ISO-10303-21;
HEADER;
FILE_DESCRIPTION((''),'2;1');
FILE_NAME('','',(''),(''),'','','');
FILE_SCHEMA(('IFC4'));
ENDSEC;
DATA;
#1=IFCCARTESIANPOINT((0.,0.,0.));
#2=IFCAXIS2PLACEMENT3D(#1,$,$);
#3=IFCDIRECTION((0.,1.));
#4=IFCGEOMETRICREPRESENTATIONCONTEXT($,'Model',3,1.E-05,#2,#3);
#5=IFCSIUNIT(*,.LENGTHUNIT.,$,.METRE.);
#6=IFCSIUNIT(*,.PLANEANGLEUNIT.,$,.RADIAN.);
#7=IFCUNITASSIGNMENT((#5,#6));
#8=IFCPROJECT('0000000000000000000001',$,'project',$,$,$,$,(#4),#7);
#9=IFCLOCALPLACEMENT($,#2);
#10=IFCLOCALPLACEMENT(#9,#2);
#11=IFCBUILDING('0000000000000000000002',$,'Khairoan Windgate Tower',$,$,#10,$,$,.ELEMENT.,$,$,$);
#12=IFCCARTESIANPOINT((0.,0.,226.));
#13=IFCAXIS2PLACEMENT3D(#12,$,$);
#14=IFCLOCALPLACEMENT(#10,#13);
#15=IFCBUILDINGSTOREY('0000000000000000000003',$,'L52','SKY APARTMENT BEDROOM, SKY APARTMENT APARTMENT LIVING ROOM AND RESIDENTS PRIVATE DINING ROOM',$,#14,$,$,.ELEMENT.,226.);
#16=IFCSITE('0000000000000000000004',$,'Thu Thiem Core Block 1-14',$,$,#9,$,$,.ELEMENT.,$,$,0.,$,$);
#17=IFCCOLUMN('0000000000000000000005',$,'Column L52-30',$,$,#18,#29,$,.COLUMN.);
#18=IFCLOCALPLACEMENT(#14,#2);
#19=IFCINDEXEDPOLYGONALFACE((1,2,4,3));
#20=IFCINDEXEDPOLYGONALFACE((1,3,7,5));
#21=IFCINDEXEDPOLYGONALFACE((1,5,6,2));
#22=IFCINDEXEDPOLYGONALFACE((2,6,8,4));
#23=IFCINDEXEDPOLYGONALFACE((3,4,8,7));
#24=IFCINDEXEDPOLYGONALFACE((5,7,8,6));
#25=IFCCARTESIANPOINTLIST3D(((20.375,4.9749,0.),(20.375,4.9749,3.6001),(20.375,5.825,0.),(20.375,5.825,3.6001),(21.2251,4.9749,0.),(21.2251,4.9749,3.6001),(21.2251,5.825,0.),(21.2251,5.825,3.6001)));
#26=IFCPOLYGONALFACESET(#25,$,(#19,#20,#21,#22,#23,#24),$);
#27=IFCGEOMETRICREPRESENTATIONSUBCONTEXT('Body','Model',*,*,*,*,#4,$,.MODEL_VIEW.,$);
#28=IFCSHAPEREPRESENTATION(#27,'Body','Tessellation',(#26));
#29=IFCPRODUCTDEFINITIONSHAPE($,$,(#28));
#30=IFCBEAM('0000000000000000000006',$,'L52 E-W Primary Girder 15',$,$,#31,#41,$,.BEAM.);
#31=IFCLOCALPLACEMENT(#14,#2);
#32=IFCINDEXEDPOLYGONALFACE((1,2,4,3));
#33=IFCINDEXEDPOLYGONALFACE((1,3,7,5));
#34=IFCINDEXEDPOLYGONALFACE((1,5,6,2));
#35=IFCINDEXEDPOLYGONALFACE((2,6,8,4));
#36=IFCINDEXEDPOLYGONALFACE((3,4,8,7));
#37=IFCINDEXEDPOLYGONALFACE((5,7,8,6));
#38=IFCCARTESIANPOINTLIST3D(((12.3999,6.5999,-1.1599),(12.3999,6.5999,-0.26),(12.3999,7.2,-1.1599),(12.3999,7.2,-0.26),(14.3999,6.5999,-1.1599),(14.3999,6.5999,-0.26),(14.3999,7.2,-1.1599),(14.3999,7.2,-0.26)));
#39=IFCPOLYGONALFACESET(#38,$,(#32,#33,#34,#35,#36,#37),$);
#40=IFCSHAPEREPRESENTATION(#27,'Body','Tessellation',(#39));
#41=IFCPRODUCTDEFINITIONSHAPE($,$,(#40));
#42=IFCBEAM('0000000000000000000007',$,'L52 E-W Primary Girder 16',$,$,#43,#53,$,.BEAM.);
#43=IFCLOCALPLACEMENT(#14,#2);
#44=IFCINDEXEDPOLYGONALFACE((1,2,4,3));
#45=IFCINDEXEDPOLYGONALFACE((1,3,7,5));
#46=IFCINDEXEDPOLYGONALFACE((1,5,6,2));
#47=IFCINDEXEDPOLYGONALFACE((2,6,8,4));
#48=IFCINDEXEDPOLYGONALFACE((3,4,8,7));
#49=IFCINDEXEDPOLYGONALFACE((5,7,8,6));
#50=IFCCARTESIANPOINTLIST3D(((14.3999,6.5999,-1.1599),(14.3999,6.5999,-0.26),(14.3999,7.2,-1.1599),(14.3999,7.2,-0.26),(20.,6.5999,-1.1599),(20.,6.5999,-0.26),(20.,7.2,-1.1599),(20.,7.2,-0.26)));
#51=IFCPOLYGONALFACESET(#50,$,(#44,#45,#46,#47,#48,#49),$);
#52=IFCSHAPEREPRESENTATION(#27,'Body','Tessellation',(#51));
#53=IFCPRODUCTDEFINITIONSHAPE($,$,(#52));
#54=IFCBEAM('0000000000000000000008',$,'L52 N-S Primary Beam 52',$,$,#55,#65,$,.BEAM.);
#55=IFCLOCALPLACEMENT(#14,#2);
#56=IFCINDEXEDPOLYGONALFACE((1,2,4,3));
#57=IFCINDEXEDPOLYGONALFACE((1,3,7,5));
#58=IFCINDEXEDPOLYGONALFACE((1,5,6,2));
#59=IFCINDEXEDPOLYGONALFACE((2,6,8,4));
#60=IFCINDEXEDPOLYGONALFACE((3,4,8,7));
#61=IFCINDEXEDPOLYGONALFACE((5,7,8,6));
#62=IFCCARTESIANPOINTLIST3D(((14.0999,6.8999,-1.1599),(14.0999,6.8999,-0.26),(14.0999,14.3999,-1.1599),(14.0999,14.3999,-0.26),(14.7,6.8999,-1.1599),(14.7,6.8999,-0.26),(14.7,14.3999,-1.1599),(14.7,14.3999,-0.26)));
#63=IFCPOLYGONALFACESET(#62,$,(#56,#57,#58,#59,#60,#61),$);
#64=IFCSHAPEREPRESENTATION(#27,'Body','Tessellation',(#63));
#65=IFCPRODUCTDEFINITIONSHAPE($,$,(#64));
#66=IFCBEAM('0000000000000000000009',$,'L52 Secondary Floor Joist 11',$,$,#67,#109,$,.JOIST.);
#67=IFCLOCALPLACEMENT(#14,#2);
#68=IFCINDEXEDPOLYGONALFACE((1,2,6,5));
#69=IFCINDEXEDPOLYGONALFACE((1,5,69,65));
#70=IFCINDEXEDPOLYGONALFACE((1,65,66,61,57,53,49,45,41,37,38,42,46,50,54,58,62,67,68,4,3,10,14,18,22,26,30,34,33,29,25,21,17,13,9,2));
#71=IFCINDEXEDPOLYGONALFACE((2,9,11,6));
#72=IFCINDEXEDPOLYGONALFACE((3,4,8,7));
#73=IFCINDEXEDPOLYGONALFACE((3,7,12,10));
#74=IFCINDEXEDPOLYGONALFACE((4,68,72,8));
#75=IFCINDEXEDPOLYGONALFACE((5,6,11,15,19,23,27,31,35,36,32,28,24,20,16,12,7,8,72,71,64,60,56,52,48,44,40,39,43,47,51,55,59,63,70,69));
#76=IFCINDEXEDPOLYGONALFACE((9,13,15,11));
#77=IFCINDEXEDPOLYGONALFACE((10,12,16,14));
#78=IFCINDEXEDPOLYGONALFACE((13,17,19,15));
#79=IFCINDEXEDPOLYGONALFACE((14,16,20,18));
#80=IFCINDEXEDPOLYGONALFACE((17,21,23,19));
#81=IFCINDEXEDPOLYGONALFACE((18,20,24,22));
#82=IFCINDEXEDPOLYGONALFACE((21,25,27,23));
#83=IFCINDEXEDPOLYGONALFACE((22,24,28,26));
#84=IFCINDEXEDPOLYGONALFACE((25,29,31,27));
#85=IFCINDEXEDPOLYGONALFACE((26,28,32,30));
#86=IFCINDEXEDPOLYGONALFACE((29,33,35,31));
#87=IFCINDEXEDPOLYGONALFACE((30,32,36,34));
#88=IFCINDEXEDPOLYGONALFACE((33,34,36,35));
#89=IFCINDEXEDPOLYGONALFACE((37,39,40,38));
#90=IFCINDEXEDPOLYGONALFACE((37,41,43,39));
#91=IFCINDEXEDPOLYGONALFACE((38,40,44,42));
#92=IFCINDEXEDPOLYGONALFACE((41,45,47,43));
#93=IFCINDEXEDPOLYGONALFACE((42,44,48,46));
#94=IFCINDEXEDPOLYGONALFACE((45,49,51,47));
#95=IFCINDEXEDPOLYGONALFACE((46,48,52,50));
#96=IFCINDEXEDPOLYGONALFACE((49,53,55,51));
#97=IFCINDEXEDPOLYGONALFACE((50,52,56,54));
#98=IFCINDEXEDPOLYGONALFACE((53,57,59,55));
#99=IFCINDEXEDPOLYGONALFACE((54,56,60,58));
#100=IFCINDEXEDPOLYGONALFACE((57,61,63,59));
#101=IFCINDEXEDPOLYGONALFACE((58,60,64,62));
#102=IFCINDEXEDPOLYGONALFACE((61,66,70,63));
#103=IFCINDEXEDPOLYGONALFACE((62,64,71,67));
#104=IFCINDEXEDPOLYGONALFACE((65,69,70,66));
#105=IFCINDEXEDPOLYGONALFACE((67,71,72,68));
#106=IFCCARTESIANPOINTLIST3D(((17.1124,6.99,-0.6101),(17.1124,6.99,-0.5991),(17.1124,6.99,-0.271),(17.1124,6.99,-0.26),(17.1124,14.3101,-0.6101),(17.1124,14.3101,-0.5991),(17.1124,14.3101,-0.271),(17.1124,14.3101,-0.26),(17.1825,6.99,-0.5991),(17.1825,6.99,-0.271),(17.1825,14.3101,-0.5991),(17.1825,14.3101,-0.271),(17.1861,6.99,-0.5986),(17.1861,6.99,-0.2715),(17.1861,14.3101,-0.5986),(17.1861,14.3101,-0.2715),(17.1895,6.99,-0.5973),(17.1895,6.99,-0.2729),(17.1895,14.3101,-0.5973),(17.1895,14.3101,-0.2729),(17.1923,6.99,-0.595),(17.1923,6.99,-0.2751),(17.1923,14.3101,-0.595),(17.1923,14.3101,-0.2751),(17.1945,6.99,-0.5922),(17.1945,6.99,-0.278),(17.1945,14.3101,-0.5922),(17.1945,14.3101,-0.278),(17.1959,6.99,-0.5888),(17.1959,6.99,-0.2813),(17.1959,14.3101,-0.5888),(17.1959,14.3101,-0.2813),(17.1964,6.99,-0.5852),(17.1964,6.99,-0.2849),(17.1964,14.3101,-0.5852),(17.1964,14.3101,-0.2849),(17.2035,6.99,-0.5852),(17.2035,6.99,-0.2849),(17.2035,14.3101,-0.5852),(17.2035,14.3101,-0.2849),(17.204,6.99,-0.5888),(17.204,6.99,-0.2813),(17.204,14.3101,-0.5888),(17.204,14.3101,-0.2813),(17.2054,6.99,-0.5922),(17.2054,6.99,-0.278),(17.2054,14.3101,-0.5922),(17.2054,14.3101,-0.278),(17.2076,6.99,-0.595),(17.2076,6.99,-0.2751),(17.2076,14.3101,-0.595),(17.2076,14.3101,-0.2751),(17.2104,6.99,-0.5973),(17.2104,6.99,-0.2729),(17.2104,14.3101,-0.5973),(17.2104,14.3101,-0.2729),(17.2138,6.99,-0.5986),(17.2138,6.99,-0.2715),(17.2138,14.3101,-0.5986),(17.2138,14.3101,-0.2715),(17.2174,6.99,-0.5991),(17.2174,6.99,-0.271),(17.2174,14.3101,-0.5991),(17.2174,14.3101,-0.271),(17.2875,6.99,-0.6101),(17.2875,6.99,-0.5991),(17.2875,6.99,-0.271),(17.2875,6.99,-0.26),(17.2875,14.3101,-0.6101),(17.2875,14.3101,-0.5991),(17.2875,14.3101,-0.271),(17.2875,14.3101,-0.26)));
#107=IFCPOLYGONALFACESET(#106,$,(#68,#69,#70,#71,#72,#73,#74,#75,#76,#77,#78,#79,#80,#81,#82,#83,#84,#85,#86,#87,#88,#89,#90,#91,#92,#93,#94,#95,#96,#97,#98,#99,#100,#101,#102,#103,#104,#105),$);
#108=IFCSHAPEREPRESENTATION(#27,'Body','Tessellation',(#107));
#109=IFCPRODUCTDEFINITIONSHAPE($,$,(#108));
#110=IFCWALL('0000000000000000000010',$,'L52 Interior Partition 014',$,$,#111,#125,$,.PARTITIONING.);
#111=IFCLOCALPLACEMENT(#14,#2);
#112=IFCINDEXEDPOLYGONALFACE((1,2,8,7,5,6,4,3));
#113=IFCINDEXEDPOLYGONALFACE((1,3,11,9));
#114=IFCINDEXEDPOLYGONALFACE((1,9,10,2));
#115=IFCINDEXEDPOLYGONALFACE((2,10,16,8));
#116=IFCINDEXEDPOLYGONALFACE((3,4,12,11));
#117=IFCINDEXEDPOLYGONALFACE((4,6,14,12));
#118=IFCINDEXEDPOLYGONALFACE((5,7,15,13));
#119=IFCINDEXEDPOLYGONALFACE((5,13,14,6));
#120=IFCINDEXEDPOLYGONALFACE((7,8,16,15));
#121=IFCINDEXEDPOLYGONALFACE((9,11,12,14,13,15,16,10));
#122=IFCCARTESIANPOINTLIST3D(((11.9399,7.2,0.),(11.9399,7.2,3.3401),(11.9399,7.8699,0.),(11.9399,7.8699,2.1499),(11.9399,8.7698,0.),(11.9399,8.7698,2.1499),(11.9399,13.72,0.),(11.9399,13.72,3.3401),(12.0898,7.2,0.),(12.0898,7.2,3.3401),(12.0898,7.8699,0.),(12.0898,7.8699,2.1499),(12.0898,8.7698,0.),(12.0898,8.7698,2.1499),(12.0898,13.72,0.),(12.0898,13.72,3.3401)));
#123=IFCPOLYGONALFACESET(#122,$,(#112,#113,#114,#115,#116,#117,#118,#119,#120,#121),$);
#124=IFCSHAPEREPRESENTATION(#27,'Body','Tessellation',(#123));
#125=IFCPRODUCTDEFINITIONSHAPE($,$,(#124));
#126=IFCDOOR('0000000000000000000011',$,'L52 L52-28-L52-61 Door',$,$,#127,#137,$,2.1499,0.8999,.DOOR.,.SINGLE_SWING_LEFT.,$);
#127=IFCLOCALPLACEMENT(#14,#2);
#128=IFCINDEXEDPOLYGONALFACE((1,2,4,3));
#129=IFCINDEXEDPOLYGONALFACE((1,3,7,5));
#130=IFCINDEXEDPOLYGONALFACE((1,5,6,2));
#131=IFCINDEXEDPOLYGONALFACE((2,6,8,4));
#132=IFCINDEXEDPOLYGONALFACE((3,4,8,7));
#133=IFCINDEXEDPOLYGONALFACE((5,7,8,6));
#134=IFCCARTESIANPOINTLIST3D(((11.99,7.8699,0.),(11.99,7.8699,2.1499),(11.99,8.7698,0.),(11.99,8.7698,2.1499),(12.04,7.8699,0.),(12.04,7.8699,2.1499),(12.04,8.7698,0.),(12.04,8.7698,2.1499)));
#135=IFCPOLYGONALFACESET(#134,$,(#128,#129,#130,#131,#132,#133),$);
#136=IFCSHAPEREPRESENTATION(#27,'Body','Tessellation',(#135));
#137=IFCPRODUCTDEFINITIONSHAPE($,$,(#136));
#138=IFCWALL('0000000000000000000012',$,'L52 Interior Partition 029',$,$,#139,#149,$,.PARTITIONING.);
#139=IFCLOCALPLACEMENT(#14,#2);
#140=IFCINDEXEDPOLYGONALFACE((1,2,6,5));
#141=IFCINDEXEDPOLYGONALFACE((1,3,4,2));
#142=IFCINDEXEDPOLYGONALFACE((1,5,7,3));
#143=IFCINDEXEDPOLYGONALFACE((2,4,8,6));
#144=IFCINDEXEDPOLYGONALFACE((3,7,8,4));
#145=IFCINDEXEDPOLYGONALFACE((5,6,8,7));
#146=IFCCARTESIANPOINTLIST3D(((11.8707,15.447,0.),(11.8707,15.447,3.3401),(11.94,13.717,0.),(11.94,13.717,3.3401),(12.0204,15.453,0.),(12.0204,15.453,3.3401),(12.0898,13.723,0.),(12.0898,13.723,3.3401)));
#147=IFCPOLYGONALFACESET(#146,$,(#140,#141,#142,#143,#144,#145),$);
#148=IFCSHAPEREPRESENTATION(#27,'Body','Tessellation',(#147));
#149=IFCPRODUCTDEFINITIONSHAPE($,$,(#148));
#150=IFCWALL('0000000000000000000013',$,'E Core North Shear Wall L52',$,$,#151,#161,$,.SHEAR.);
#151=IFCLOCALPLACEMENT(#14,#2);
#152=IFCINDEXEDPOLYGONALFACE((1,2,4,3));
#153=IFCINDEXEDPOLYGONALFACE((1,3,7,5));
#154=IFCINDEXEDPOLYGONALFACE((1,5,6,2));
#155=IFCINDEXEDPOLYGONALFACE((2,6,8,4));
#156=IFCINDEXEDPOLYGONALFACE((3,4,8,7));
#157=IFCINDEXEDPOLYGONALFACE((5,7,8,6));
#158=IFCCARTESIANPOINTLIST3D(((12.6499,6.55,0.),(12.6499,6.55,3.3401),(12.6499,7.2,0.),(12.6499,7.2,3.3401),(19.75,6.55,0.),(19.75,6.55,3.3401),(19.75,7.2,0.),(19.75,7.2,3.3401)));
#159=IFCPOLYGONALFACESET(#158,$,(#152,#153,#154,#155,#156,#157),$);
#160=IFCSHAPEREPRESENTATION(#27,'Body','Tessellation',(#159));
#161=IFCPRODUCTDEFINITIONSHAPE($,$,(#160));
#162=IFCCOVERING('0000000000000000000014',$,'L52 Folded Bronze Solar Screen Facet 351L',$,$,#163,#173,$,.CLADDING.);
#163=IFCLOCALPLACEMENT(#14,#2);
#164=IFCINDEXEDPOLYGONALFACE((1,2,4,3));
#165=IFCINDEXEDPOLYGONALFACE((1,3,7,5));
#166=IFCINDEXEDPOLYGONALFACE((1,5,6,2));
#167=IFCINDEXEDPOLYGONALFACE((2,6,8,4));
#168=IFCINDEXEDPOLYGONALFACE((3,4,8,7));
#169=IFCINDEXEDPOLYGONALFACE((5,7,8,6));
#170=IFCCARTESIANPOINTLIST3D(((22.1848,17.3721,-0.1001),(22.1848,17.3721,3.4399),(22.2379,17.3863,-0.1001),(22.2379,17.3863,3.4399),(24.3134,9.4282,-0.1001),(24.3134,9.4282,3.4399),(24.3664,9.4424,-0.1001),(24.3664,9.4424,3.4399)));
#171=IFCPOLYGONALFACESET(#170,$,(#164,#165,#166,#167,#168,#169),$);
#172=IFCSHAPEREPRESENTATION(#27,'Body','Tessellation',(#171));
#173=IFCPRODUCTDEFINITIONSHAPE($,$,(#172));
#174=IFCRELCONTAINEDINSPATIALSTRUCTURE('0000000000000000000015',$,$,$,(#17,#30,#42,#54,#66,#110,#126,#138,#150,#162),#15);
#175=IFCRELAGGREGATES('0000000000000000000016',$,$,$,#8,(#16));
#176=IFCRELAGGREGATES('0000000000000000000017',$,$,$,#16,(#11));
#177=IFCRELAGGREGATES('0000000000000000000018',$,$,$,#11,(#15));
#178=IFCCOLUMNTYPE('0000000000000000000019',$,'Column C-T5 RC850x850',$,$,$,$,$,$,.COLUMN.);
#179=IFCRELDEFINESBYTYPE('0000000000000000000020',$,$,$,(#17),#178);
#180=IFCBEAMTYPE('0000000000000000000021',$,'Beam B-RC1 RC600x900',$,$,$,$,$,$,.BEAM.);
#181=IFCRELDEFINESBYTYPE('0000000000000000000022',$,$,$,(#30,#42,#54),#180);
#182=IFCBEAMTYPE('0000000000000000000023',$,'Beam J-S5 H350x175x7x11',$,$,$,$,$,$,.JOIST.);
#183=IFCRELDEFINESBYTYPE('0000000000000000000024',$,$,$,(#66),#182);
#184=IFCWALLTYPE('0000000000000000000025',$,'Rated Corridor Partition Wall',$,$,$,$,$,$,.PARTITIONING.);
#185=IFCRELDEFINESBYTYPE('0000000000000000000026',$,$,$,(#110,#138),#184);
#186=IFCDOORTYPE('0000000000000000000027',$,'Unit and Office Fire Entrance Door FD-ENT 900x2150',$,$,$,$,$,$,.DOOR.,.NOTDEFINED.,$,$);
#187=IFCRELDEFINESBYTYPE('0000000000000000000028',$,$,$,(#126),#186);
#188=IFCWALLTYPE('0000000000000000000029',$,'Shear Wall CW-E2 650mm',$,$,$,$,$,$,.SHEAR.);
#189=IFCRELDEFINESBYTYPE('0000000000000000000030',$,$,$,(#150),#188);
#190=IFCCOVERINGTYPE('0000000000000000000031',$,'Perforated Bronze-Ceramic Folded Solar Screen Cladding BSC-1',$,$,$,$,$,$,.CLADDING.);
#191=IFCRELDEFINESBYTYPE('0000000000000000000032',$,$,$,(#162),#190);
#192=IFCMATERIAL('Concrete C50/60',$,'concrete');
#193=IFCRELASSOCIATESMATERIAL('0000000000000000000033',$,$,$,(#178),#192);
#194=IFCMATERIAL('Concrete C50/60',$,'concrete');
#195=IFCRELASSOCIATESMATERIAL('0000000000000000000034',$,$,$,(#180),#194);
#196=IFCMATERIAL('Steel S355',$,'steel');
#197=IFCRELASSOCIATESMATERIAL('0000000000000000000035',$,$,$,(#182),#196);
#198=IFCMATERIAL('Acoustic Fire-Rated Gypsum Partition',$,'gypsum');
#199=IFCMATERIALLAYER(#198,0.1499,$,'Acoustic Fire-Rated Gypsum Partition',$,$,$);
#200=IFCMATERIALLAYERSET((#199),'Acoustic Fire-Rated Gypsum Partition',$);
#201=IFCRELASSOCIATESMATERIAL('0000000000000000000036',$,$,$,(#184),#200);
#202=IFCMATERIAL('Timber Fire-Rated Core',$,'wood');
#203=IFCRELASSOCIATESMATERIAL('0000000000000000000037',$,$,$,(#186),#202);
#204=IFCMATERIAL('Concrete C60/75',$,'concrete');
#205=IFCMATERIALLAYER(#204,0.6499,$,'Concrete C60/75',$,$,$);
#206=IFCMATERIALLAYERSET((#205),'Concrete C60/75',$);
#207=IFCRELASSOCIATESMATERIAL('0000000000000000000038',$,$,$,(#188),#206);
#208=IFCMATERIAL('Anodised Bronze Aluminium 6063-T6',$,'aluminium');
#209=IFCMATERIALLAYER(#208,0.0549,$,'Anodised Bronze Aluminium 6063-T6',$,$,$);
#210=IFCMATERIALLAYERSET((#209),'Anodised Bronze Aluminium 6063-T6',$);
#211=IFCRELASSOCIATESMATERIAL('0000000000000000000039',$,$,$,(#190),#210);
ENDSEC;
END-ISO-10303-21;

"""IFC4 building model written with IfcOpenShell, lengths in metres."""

from ifc_helpers import new_model, si_unit, direction, frame, frame_2d, origin, origin_2d, place, context, subcontext, project, spatial, rectangle, i_section, extrude, material, layer, layer_set, material_profile, profile_set, type_object, element, fill, save


model = new_model("IFC4")

# Units and contexts
model_context = context("Model", 3, precision=1e-05, world=origin(), true_north=direction((0.0, 1.0)))
body_context = subcontext(model_context, "Body", "Model", "MODEL_VIEW")
ifc_project = project(units=[si_unit("LENGTHUNIT", "METRE"), si_unit("PLANEANGLEUNIT", "RADIAN")], contexts=[model_context])

# Site, building, storey
site_placement = place(None, origin())
site = spatial("IfcSite", under=ifc_project, at=site_placement, Name="Thu Thiem Core Block 1-14", CompositionType="ELEMENT", RefElevation=0.0)
building_placement = place(site_placement, origin())
building = spatial("IfcBuilding", under=site, at=building_placement, Name="Khairoan Windgate Tower", CompositionType="ELEMENT")
storey_placement = place(building_placement, frame((0.0, 0.0, 226.0)))
storey = spatial("IfcBuildingStorey", under=building, at=storey_placement, Name="L52", Description="SKY APARTMENT BEDROOM, SKY APARTMENT APARTMENT LIVING ROOM AND RESIDENTS PRIVATE DINING ROOM", CompositionType="ELEMENT", Elevation=226.0)

# Column
ifc_material_1 = material(Name="Concrete C50/60", Category="concrete")
ifc_material_profile_1 = material_profile(ifc_material_1, rectangle(XDim=0.8501, YDim=0.8501, at=origin_2d()))
ifc_profile_set_1 = profile_set([ifc_material_profile_1], Name="Concrete C50/60")
column_type = type_object("IfcColumnType", Name="Column C-T5 RC850x850", PredefinedType="COLUMN", material=ifc_profile_set_1)
column_placement = place(storey_placement, frame((20.8, 5.3999, 0.0), z_axis=(0.0, 0.0, 1.0), x_axis=(1.0, 0.0, 0.0)))
element("IfcColumn", 1, at=column_placement, inside=storey, type_object=column_type, Name="Column L52-30", PredefinedType="COLUMN", context=body_context, shape_type="SweptSolid", body=[
    extrude(rectangle(XDim=0.8501, YDim=0.8501, at=origin_2d()), origin(), (0.0, 0.0, 1.0), 3.6001),
])

# Beams
ifc_material_2 = material(Name="Concrete C50/60", Category="concrete")
ifc_material_profile_2 = material_profile(ifc_material_2, rectangle(XDim=0.6001, YDim=0.8999, at=origin_2d()))
ifc_profile_set_2 = profile_set([ifc_material_profile_2], Name="Concrete C50/60")
beam_type_1 = type_object("IfcBeamType", Name="Beam B-RC1 RC600x900", PredefinedType="BEAM", material=ifc_profile_set_2)
beam_1_placement = place(storey_placement, frame((12.3999, 6.8999, -0.71), z_axis=(1.0, 0.0, 0.0), x_axis=(0.0, 1.0, 0.0)))
element("IfcBeam", 2, at=beam_1_placement, inside=storey, type_object=beam_type_1, Name="L52 E-W Primary Girder 15", PredefinedType="BEAM", context=body_context, shape_type="SweptSolid", body=[
    extrude(rectangle(XDim=0.6001, YDim=0.8999, at=origin_2d()), origin(), (0.0, 0.0, 1.0), 2.0),
])
beam_2_placement = place(storey_placement, frame((14.3999, 6.8999, -0.71), z_axis=(1.0, 0.0, 0.0), x_axis=(0.0, 1.0, 0.0)))
element("IfcBeam", 3, at=beam_2_placement, inside=storey, type_object=beam_type_1, Name="L52 E-W Primary Girder 16", PredefinedType="BEAM", context=body_context, shape_type="SweptSolid", body=[
    extrude(rectangle(XDim=0.6001, YDim=0.8999, at=origin_2d()), origin(), (0.0, 0.0, 1.0), 5.6001),
])
beam_3_placement = place(storey_placement, frame((14.3999, 6.8999, -0.71), z_axis=(0.0, 1.0, 0.0), x_axis=(-1.0, 0.0, 0.0)))
element("IfcBeam", 4, at=beam_3_placement, inside=storey, type_object=beam_type_1, Name="L52 N-S Primary Beam 52", PredefinedType="BEAM", context=body_context, shape_type="SweptSolid", body=[
    extrude(rectangle(XDim=0.6001, YDim=0.8999, at=origin_2d()), origin(), (0.0, 0.0, 1.0), 7.5),
])
ifc_material_3 = material(Name="Steel S355", Category="steel")
ifc_material_profile_3 = material_profile(ifc_material_3, i_section(OverallWidth=0.175, OverallDepth=0.3501, WebThickness=0.0071, FlangeThickness=0.011, FilletRadius=0.0139, at=origin_2d()))
ifc_profile_set_3 = profile_set([ifc_material_profile_3], Name="Steel S355")
beam_type_2 = type_object("IfcBeamType", Name="Beam J-S5 H350x175x7x11", PredefinedType="JOIST", material=ifc_profile_set_3)
beam_4_placement = place(storey_placement, frame((17.2, 6.99, -0.4351), z_axis=(0.0, 1.0, 0.0), x_axis=(-1.0, 0.0, 0.0)))
element("IfcBeam", 5, at=beam_4_placement, inside=storey, type_object=beam_type_2, Name="L52 Secondary Floor Joist 11", PredefinedType="JOIST", context=body_context, shape_type="SweptSolid", body=[
    extrude(i_section(OverallWidth=0.175, OverallDepth=0.3501, WebThickness=0.0071, FlangeThickness=0.011, FilletRadius=0.0139, at=origin_2d()), origin(), (0.0, 0.0, 1.0), 7.3201),
])

# Wall, opening, door
ifc_material_4 = material(Name="Acoustic Fire-Rated Gypsum Partition", Category="gypsum")
ifc_layer_1 = layer(ifc_material_4, 0.1499, Name="Acoustic Fire-Rated Gypsum Partition")
ifc_layer_set_1 = layer_set([ifc_layer_1], Name="Acoustic Fire-Rated Gypsum Partition")
wall_type_1 = type_object("IfcWallType", Name="Rated Corridor Partition Wall", PredefinedType="PARTITIONING", material=ifc_layer_set_1)
wall_1_placement = place(storey_placement, frame((12.0149, 7.2, 0.0), z_axis=(0.0, 0.0, 1.0), x_axis=(0.0, 1.0, 0.0)))
wall_1 = element("IfcWall", 6, at=wall_1_placement, inside=storey, type_object=wall_type_1, Name="L52 Interior Partition 014", PredefinedType="PARTITIONING", context=body_context, shape_type="SweptSolid", body=[
    extrude(rectangle(XDim=6.52, YDim=0.1499, at=frame_2d((3.26, 0.0))), origin(), (0.0, 0.0, 1.0), 3.3401),
])
opening_placement = place(wall_1_placement, frame((0.6699, 0.0, 0.0)))
opening = element("IfcOpeningElement", 7, at=opening_placement, cuts=wall_1, PredefinedType="OPENING", context=body_context, shape_type="SweptSolid", body=[
    extrude(rectangle(XDim=0.8999, YDim=2.1499, at=frame_2d((0.45, 1.075))), frame((0.0, 0.085, 0.0), z_axis=(0.0, -1.0, 0.0), x_axis=(1.0, 0.0, 0.0)), (0.0, 0.0, 1.0), 0.1699),
])
ifc_material_5 = material(Name="Timber Fire-Rated Core", Category="wood")
door_type = type_object("IfcDoorType", Name="Unit and Office Fire Entrance Door FD-ENT 900x2150", OperationType="NOTDEFINED", PredefinedType="DOOR", material=ifc_material_5)
door_placement = place(opening_placement, origin())
door = element("IfcDoor", 8, at=door_placement, inside=storey, type_object=door_type, Name="L52 L52-28-L52-61 Door", OperationType="SINGLE_SWING_LEFT", OverallHeight=2.1499, OverallWidth=0.8999, PredefinedType="DOOR", context=body_context, shape_type="SweptSolid", body=[
    extrude(rectangle(XDim=0.8999, YDim=2.1499, at=frame_2d((0.45, 1.075))), frame((0.0, 0.0249, 0.0), z_axis=(0.0, -1.0, 0.0), x_axis=(1.0, 0.0, 0.0)), (0.0, 0.0, 1.0), 0.05),
])
fill(opening, door)

# Walls
wall_2_placement = place(storey_placement, frame((12.0149, 13.72, 0.0), z_axis=(0.0, 0.0, 1.0), x_axis=(-0.040047, 0.999198, 0.0)))
element("IfcWall", 9, at=wall_2_placement, inside=storey, type_object=wall_type_1, Name="L52 Interior Partition 029", PredefinedType="PARTITIONING", context=body_context, shape_type="SweptSolid", body=[
    extrude(rectangle(XDim=1.7314, YDim=0.1499, at=frame_2d((0.8657, 0.0))), origin(), (0.0, 0.0, 1.0), 3.3401),
])
ifc_material_6 = material(Name="Concrete C60/75", Category="concrete")
ifc_layer_2 = layer(ifc_material_6, 0.6499, Name="Concrete C60/75")
ifc_layer_set_2 = layer_set([ifc_layer_2], Name="Concrete C60/75")
wall_type_2 = type_object("IfcWallType", Name="Shear Wall CW-E2 650mm", PredefinedType="SHEAR", material=ifc_layer_set_2)
wall_3_placement = place(storey_placement, frame((12.6499, 6.875, 0.0), z_axis=(0.0, 0.0, 1.0), x_axis=(1.0, 0.0, 0.0)))
element("IfcWall", 10, at=wall_3_placement, inside=storey, type_object=wall_type_2, Name="E Core North Shear Wall L52", PredefinedType="SHEAR", context=body_context, shape_type="SweptSolid", body=[
    extrude(rectangle(XDim=7.1001, YDim=0.6499, at=frame_2d((3.55, 0.0))), origin(), (0.0, 0.0, 1.0), 3.3401),
])

# Covering
ifc_material_7 = material(Name="Anodised Bronze Aluminium 6063-T6", Category="aluminium")
ifc_layer_3 = layer(ifc_material_7, 0.0549, Name="Anodised Bronze Aluminium 6063-T6")
ifc_layer_set_3 = layer_set([ifc_layer_3], Name="Anodised Bronze Aluminium 6063-T6")
covering_type = type_object("IfcCoveringType", Name="Perforated Bronze-Ceramic Folded Solar Screen Cladding BSC-1", PredefinedType="CLADDING", material=ifc_layer_set_3)
covering_placement = place(storey_placement, frame((23.2756, 13.4072, -0.1001), z_axis=(0.0, 0.0, 1.0), x_axis=(0.258819, -0.965926, 0.0)))
element("IfcCovering", 11, at=covering_placement, inside=storey, type_object=covering_type, Name="L52 Folded Bronze Solar Screen Facet 351L", PredefinedType="CLADDING", context=body_context, shape_type="SweptSolid", body=[
    extrude(rectangle(XDim=8.2241, YDim=0.0549, at=origin_2d()), origin(), (0.0, 0.0, 1.0), 3.54),
])

save(model, "model.ifc")
